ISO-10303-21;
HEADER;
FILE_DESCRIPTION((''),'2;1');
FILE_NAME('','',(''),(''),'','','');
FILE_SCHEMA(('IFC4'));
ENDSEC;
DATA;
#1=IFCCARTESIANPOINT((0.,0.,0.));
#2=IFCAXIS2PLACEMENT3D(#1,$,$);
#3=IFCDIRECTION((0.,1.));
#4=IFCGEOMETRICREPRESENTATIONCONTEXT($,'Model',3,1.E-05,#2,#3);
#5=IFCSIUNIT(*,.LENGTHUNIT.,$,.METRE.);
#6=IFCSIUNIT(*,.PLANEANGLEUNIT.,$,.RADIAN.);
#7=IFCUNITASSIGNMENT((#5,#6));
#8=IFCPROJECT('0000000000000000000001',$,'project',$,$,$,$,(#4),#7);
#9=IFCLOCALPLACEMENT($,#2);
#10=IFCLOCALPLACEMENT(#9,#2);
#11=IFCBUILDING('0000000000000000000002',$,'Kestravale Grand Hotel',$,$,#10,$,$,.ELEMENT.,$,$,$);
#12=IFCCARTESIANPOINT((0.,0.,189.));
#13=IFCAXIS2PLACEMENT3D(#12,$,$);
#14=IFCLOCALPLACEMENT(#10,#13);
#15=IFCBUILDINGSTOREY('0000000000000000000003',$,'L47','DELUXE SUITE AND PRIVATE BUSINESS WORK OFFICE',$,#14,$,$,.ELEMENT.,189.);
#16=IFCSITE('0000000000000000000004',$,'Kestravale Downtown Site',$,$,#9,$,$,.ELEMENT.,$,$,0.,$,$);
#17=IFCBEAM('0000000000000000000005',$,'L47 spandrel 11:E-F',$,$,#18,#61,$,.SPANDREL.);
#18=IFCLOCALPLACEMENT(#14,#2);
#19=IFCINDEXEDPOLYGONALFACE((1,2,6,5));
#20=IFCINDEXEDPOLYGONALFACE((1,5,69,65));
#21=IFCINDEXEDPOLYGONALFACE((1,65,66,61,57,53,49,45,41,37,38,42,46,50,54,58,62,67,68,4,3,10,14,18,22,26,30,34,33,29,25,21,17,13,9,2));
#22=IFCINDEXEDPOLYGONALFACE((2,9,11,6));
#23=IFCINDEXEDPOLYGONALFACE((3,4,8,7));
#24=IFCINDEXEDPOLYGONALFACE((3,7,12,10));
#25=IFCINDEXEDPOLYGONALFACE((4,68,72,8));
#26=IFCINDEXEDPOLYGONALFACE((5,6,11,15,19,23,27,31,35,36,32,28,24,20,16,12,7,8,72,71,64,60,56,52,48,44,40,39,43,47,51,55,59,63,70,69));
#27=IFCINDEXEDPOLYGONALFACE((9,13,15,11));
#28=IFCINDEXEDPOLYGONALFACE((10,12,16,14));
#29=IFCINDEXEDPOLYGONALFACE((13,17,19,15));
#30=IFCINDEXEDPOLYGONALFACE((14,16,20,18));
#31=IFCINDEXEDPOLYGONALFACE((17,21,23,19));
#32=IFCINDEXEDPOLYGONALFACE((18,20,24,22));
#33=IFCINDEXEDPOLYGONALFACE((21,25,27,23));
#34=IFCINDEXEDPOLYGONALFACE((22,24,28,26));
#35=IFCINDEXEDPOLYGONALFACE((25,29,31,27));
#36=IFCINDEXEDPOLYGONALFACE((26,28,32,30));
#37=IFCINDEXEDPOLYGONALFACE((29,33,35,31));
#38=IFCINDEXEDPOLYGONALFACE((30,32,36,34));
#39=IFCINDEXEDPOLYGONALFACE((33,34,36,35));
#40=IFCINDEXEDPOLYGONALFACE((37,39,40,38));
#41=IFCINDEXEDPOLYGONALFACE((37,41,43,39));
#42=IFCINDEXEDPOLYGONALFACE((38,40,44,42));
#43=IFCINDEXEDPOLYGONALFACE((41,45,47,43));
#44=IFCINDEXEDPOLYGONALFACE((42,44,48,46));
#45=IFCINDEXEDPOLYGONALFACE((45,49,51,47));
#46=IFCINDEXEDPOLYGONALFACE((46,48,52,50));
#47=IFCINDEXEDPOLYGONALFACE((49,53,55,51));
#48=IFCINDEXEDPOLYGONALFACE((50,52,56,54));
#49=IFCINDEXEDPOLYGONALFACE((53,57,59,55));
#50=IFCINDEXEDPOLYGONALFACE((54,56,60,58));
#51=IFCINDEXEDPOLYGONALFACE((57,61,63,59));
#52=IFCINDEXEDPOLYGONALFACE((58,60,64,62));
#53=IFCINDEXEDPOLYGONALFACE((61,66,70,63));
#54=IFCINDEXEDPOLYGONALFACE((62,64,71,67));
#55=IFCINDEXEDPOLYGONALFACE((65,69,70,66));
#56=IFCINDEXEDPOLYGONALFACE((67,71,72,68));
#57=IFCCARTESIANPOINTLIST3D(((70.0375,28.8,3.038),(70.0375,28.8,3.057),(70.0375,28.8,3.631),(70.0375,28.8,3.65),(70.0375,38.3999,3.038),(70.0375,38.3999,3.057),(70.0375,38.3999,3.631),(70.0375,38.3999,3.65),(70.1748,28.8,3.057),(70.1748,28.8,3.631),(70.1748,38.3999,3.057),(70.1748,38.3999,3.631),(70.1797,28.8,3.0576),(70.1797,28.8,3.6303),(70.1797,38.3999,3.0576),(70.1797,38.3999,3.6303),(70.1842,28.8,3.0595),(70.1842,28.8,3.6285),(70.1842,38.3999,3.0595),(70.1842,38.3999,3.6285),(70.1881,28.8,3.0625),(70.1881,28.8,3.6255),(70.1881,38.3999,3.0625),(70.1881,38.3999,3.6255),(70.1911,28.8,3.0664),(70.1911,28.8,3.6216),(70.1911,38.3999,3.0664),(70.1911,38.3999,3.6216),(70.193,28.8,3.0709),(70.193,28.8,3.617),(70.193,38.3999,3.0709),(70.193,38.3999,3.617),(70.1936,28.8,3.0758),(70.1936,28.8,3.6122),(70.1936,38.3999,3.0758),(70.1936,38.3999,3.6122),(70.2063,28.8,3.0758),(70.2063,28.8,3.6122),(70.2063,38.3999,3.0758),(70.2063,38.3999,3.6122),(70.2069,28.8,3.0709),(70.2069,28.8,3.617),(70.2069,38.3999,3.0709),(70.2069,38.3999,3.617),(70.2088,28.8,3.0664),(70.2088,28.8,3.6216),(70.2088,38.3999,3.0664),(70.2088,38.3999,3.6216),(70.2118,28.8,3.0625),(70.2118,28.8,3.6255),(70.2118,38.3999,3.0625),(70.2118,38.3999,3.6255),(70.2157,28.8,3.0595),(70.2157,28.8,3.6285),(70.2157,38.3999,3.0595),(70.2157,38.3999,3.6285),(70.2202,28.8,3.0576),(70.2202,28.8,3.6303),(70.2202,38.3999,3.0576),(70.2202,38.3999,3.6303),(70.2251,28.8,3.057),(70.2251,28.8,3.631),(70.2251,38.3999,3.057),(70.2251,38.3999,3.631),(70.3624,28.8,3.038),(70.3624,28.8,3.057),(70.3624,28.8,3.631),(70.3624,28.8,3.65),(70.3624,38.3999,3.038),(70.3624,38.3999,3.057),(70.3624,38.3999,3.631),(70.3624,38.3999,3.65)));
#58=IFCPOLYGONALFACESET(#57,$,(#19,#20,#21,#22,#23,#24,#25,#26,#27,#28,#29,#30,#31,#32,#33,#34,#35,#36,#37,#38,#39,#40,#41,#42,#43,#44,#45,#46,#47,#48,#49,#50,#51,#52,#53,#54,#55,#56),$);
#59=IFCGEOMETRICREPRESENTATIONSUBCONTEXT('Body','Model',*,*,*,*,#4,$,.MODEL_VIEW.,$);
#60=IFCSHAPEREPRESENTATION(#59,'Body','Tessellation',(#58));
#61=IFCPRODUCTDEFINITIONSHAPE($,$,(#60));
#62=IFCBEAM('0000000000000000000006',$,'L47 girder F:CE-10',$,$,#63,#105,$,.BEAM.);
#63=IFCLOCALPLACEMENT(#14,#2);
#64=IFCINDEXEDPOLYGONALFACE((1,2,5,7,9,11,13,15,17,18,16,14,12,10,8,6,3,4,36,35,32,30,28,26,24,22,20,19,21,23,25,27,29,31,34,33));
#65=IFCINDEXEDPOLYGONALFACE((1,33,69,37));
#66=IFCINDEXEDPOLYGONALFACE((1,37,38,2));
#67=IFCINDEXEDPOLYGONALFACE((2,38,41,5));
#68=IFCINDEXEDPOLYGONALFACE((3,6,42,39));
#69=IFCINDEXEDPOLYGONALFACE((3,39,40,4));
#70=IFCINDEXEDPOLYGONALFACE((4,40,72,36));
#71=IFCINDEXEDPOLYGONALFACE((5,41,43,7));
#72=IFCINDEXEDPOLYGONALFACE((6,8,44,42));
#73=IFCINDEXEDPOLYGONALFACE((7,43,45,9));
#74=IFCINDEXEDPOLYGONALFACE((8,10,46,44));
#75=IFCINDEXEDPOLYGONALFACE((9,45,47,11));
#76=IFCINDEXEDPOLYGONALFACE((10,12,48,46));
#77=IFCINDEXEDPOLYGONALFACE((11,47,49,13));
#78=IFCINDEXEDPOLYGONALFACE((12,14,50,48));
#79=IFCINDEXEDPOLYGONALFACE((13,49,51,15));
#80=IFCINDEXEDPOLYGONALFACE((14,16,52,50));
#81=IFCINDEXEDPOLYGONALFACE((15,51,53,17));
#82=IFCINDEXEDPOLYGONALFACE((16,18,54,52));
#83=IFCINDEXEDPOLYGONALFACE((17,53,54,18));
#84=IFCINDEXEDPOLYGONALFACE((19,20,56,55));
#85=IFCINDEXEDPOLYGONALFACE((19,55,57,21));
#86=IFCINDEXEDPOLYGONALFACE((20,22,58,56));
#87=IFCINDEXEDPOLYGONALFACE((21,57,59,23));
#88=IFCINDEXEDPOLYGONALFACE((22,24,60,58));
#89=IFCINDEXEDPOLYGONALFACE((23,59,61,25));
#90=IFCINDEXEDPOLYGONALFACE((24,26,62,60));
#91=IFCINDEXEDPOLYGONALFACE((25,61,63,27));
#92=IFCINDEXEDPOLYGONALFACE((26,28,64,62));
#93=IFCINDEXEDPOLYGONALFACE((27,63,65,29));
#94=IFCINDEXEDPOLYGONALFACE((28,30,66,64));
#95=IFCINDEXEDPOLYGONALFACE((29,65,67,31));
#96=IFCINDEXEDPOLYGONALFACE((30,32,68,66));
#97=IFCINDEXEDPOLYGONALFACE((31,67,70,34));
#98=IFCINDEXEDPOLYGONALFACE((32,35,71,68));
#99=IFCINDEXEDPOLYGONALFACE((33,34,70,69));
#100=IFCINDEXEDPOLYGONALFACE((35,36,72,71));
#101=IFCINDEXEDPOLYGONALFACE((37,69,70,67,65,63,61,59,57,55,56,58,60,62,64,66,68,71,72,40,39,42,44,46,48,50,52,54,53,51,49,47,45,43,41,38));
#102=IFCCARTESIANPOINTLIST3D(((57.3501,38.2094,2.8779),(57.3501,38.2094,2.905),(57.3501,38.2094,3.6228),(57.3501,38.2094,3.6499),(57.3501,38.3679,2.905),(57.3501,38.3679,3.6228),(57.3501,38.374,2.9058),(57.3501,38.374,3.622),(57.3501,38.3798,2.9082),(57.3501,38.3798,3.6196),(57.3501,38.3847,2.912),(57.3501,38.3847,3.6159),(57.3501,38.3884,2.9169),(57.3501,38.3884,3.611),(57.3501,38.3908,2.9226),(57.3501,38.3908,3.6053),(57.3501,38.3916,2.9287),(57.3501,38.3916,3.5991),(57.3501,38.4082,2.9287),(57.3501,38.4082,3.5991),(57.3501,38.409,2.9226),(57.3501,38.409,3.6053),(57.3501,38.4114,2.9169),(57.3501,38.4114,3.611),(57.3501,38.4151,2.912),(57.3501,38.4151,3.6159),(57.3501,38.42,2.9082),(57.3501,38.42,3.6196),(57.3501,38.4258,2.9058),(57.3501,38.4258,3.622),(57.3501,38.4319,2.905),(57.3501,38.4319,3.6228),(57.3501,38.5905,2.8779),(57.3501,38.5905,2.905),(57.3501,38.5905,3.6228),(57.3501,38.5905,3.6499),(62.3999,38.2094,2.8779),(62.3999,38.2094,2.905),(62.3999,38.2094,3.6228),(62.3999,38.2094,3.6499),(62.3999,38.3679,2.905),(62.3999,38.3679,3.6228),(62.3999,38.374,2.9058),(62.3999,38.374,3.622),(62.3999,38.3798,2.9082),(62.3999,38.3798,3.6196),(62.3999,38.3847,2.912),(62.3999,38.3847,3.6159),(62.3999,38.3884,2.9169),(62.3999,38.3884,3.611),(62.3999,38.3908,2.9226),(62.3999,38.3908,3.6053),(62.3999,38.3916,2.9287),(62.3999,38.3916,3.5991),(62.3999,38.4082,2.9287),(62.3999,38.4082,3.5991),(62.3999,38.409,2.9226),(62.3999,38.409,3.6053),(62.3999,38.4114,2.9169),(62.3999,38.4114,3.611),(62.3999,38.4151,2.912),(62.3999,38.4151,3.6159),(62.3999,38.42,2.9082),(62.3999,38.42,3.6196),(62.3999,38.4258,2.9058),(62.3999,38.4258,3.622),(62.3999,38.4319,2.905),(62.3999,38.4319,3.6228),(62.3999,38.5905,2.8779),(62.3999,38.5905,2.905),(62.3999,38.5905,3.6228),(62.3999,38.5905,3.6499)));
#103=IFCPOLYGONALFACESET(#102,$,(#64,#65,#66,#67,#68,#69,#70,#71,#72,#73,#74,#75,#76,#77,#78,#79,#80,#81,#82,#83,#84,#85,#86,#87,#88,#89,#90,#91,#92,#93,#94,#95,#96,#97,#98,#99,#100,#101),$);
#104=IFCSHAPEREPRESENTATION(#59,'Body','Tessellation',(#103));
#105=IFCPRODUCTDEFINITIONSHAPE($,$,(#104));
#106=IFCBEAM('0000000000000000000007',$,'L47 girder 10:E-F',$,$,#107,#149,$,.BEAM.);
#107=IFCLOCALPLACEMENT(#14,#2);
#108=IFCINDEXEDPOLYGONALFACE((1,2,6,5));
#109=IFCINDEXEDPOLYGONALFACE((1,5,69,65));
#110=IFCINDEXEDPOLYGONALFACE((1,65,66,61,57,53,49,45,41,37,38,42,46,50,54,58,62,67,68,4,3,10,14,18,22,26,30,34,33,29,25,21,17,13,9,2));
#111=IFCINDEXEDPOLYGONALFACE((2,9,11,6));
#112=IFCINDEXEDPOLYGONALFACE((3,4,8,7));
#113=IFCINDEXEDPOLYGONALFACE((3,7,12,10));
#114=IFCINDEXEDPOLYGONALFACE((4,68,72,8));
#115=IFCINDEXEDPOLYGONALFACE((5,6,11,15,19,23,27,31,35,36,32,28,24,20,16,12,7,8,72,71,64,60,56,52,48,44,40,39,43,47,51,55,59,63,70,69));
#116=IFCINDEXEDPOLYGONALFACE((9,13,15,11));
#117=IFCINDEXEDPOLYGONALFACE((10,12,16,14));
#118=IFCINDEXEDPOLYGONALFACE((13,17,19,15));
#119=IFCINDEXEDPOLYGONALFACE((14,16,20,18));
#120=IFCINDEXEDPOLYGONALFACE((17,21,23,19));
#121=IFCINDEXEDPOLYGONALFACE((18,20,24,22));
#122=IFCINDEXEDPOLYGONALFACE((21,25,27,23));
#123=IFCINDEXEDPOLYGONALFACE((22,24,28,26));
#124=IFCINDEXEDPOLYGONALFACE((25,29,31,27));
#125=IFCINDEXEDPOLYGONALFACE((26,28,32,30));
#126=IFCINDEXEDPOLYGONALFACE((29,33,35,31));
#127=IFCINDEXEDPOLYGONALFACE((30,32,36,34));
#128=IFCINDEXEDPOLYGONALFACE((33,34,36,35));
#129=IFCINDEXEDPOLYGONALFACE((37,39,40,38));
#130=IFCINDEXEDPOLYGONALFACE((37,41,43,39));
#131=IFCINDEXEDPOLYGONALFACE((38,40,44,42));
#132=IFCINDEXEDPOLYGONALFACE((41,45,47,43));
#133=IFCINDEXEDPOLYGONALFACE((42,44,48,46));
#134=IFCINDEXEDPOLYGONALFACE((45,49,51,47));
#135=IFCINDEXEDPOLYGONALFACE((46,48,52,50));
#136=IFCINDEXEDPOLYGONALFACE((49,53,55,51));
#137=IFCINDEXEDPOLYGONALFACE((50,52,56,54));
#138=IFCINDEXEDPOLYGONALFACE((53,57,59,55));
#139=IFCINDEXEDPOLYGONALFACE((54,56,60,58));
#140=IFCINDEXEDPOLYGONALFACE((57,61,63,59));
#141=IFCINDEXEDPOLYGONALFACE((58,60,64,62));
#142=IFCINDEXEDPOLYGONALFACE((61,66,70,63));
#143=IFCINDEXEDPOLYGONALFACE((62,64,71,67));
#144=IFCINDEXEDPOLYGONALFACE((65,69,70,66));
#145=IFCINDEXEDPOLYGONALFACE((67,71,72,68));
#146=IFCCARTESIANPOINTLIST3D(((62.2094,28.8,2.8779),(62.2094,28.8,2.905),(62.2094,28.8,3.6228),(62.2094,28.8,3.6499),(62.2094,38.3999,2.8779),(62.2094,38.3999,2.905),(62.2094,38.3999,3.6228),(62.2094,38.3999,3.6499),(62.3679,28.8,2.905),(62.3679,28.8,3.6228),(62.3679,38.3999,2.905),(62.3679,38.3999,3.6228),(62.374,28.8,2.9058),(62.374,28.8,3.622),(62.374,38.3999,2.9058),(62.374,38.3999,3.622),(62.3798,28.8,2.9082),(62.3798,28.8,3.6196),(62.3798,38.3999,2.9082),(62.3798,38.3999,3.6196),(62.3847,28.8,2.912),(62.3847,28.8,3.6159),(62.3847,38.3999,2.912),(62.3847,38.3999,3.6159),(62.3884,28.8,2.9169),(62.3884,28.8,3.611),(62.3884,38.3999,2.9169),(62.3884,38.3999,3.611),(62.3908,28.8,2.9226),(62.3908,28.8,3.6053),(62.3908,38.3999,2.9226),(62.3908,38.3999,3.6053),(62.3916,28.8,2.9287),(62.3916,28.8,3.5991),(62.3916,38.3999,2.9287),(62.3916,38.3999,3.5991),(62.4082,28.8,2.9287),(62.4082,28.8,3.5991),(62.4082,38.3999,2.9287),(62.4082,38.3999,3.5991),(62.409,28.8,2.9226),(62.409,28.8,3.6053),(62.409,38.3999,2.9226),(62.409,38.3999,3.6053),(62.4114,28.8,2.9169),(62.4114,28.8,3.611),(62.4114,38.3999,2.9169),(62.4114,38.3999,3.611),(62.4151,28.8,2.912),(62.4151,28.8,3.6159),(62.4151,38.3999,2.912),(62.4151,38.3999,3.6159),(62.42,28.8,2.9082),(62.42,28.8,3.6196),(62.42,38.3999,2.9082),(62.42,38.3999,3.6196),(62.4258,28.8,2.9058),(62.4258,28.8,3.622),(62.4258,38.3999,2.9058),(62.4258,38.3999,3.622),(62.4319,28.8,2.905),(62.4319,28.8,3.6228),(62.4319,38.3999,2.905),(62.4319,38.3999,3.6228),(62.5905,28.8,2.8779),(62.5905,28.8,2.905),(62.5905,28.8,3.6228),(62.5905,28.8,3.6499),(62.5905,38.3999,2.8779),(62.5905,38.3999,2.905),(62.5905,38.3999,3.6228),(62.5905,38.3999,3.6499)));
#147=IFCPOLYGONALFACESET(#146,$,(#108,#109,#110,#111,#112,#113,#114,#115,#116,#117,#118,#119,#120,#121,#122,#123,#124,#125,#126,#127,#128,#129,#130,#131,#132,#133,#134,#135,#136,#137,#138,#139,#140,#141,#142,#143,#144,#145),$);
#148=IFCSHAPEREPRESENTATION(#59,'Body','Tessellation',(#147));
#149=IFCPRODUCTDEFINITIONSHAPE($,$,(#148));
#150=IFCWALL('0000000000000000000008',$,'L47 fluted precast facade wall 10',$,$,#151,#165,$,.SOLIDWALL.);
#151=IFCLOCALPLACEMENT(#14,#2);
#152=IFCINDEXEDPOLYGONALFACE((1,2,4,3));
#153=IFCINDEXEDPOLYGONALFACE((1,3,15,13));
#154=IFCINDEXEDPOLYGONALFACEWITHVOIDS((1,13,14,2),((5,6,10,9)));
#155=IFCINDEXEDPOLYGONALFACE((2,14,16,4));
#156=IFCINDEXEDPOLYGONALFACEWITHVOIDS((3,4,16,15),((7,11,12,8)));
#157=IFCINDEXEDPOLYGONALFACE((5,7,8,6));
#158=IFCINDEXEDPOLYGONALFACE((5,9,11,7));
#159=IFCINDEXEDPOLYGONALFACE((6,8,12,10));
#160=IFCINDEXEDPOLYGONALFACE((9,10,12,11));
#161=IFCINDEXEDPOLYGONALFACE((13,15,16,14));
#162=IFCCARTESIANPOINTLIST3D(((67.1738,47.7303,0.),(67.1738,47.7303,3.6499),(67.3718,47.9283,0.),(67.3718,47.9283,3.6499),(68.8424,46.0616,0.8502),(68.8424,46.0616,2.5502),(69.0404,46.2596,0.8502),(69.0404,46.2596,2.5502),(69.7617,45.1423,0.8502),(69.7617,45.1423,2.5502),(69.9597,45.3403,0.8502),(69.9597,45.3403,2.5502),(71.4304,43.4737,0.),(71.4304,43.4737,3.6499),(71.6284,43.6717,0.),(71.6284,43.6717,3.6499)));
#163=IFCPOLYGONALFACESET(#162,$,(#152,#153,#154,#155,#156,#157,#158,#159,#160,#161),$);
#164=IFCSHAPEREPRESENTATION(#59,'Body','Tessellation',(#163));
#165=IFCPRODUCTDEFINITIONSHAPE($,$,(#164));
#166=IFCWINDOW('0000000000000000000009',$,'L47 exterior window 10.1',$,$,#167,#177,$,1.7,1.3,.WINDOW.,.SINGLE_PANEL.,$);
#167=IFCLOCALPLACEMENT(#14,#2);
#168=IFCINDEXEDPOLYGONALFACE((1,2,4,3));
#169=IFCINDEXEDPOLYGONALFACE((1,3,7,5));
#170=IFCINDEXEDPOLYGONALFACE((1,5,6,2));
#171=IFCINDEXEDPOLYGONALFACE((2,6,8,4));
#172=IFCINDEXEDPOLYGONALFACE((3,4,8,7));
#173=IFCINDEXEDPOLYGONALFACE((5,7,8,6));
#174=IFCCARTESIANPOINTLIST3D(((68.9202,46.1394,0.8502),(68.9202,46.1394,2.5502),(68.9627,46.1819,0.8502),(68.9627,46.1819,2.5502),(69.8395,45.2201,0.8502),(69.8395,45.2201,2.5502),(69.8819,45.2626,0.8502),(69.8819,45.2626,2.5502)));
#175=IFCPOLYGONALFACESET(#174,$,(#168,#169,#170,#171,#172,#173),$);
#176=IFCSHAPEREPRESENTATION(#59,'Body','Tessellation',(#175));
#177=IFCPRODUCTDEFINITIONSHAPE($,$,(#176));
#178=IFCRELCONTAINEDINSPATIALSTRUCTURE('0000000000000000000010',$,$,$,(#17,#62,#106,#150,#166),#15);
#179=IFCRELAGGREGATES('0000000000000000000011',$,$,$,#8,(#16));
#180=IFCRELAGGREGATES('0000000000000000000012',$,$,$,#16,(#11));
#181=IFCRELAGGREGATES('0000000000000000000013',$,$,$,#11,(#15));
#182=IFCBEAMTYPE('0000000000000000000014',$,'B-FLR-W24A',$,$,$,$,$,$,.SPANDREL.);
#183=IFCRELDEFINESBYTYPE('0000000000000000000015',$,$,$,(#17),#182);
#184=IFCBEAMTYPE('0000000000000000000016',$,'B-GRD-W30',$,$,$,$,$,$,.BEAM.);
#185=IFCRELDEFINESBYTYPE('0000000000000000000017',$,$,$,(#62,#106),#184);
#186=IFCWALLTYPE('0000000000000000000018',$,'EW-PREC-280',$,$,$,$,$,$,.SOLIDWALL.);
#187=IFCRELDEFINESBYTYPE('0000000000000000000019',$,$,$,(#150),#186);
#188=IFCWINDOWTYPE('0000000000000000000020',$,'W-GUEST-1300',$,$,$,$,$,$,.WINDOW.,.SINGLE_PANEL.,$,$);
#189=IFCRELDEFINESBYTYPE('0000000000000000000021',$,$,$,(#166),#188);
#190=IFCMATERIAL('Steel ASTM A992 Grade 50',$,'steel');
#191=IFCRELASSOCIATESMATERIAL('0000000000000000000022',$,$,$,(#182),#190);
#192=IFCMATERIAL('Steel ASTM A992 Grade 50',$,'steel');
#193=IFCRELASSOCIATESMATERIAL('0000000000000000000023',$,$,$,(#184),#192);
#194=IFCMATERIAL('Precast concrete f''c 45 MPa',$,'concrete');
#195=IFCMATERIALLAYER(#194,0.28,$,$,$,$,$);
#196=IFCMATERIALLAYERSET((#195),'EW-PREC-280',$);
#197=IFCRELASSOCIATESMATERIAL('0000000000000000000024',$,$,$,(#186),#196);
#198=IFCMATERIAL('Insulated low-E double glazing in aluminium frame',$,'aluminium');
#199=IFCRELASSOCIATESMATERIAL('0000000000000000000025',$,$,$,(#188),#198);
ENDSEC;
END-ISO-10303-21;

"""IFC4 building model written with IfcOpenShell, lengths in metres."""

from ifc_helpers import new_model, si_unit, direction, frame, frame_2d, origin, origin_2d, place, context, subcontext, project, spatial, rectangle, i_section, extrude, material, layer, layer_set, material_profile, profile_set, type_object, element, fill, save


model = new_model("IFC4")

# Units and contexts
model_context = context("Model", 3, precision=1e-05, world=origin(), true_north=direction((0.0, 1.0)))
body_context = subcontext(model_context, "Body", "Model", "MODEL_VIEW")
ifc_project = project(units=[si_unit("LENGTHUNIT", "METRE"), si_unit("PLANEANGLEUNIT", "RADIAN")], contexts=[model_context])

# Site, building, storey
site_placement = place(None, origin())
site = spatial("IfcSite", under=ifc_project, at=site_placement, Name="Kestravale Downtown Site", CompositionType="ELEMENT", RefElevation=0.0)
building_placement = place(site_placement, origin())
building = spatial("IfcBuilding", under=site, at=building_placement, Name="Kestravale Grand Hotel", CompositionType="ELEMENT")
storey_placement = place(building_placement, frame((0.0, 0.0, 189.0)))
storey = spatial("IfcBuildingStorey", under=building, at=storey_placement, Name="L47", Description="DELUXE SUITE AND PRIVATE BUSINESS WORK OFFICE", CompositionType="ELEMENT", Elevation=189.0)

# Beams
ifc_material_1 = material(Name="Steel ASTM A992 Grade 50", Category="steel")
ifc_material_profile_1 = material_profile(ifc_material_1, i_section(OverallWidth=0.325, OverallDepth=0.6121, WebThickness=0.0127, FlangeThickness=0.019, FilletRadius=0.0188, at=origin_2d()))
ifc_profile_set_1 = profile_set([ifc_material_profile_1], Name="Steel ASTM A992 Grade 50")
beam_type_1 = type_object("IfcBeamType", Name="B-FLR-W24A", PredefinedType="SPANDREL", material=ifc_profile_set_1)
beam_1_placement = place(storey_placement, frame((70.2, 28.8, 3.344), z_axis=(0.0, 1.0, 0.0), x_axis=(-1.0, 0.0, 0.0)))
element("IfcBeam", 1, at=beam_1_placement, inside=storey, type_object=beam_type_1, Name="L47 spandrel 11:E-F", PredefinedType="SPANDREL", context=body_context, shape_type="SweptSolid", body=[
    extrude(i_section(OverallWidth=0.325, OverallDepth=0.6121, WebThickness=0.0127, FlangeThickness=0.019, FilletRadius=0.0188, at=origin_2d()), origin(), (0.0, 0.0, 1.0), 9.5999),
])
ifc_material_2 = material(Name="Steel ASTM A992 Grade 50", Category="steel")
ifc_material_profile_2 = material_profile(ifc_material_2, i_section(OverallWidth=0.3811, OverallDepth=0.772, WebThickness=0.0166, FlangeThickness=0.0271, FilletRadius=0.0237, at=origin_2d()))
ifc_profile_set_2 = profile_set([ifc_material_profile_2], Name="Steel ASTM A992 Grade 50")
beam_type_2 = type_object("IfcBeamType", Name="B-GRD-W30", PredefinedType="BEAM", material=ifc_profile_set_2)
beam_2_placement = place(storey_placement, frame((57.3501, 38.3999, 3.2639), z_axis=(1.0, 0.0, 0.0), x_axis=(0.0, 1.0, 0.0)))
element("IfcBeam", 2, at=beam_2_placement, inside=storey, type_object=beam_type_2, Name="L47 girder F:CE-10", PredefinedType="BEAM", context=body_context, shape_type="SweptSolid", body=[
    extrude(i_section(OverallWidth=0.3811, OverallDepth=0.772, WebThickness=0.0166, FlangeThickness=0.0271, FilletRadius=0.0237, at=origin_2d()), origin(), (0.0, 0.0, 1.0), 5.0498),
])
beam_3_placement = place(storey_placement, frame((62.3999, 28.8, 3.2639), z_axis=(0.0, 1.0, 0.0), x_axis=(-1.0, 0.0, 0.0)))
element("IfcBeam", 3, at=beam_3_placement, inside=storey, type_object=beam_type_2, Name="L47 girder 10:E-F", PredefinedType="BEAM", context=body_context, shape_type="SweptSolid", body=[
    extrude(i_section(OverallWidth=0.3811, OverallDepth=0.772, WebThickness=0.0166, FlangeThickness=0.0271, FilletRadius=0.0237, at=origin_2d()), origin(), (0.0, 0.0, 1.0), 9.5999),
])

# Wall, opening, window
ifc_material_3 = material(Name="Precast concrete f'c 45 MPa", Category="concrete")
ifc_layer_1 = layer(ifc_material_3, 0.28)
ifc_layer_set_1 = layer_set([ifc_layer_1], Name="EW-PREC-280")
wall_type_1 = type_object("IfcWallType", Name="EW-PREC-280", PredefinedType="SOLIDWALL", material=ifc_layer_set_1)
wall_1_placement = place(storey_placement, frame((71.5293, 43.5728, 0.0), z_axis=(0.0, 0.0, 1.0), x_axis=(-0.707107, 0.707107, 0.0)))
wall_1 = element("IfcWall", 4, at=wall_1_placement, inside=storey, type_object=wall_type_1, Name="L47 fluted precast facade wall 10", PredefinedType="SOLIDWALL", context=body_context, shape_type="SweptSolid", body=[
    extrude(rectangle(XDim=6.0198, YDim=0.28, at=frame_2d((3.0098, 0.0))), origin(), (0.0, 0.0, 1.0), 3.6499),
])
opening_1_placement = place(wall_1_placement, frame((2.3599, 0.0, 0.8501)))
opening_1 = element("IfcOpeningElement", 5, at=opening_1_placement, cuts=wall_1, PredefinedType="OPENING", context=body_context, shape_type="SweptSolid", body=[
    extrude(rectangle(XDim=1.3, YDim=1.7, at=frame_2d((0.6499, 0.8501))), frame((0.0, 0.1499, 0.0), z_axis=(0.0, -1.0, 0.0), x_axis=(1.0, 0.0, 0.0)), (0.0, 0.0, 1.0), 0.3),
])
ifc_material_4 = material(Name="Insulated low-E double glazing in aluminium frame", Category="aluminium")
window_type = type_object("IfcWindowType", Name="W-GUEST-1300", PartitioningType="SINGLE_PANEL", PredefinedType="WINDOW", material=ifc_material_4)
window_1_placement = place(opening_1_placement, origin())
window_1 = element("IfcWindow", 6, at=window_1_placement, inside=storey, type_object=window_type, Name="L47 exterior window 10.1", OverallHeight=1.7, OverallWidth=1.3, PartitioningType="SINGLE_PANEL", PredefinedType="WINDOW", context=body_context, shape_type="SweptSolid", body=[
    extrude(rectangle(XDim=1.3, YDim=1.7, at=frame_2d((0.6499, 0.8501))), frame((0.0, 0.03, 0.0), z_axis=(0.0, -1.0, 0.0), x_axis=(1.0, 0.0, 0.0)), (0.0, 0.0, 1.0), 0.0601),
])
fill(opening_1, window_1)

save(model, "model.ifc")
